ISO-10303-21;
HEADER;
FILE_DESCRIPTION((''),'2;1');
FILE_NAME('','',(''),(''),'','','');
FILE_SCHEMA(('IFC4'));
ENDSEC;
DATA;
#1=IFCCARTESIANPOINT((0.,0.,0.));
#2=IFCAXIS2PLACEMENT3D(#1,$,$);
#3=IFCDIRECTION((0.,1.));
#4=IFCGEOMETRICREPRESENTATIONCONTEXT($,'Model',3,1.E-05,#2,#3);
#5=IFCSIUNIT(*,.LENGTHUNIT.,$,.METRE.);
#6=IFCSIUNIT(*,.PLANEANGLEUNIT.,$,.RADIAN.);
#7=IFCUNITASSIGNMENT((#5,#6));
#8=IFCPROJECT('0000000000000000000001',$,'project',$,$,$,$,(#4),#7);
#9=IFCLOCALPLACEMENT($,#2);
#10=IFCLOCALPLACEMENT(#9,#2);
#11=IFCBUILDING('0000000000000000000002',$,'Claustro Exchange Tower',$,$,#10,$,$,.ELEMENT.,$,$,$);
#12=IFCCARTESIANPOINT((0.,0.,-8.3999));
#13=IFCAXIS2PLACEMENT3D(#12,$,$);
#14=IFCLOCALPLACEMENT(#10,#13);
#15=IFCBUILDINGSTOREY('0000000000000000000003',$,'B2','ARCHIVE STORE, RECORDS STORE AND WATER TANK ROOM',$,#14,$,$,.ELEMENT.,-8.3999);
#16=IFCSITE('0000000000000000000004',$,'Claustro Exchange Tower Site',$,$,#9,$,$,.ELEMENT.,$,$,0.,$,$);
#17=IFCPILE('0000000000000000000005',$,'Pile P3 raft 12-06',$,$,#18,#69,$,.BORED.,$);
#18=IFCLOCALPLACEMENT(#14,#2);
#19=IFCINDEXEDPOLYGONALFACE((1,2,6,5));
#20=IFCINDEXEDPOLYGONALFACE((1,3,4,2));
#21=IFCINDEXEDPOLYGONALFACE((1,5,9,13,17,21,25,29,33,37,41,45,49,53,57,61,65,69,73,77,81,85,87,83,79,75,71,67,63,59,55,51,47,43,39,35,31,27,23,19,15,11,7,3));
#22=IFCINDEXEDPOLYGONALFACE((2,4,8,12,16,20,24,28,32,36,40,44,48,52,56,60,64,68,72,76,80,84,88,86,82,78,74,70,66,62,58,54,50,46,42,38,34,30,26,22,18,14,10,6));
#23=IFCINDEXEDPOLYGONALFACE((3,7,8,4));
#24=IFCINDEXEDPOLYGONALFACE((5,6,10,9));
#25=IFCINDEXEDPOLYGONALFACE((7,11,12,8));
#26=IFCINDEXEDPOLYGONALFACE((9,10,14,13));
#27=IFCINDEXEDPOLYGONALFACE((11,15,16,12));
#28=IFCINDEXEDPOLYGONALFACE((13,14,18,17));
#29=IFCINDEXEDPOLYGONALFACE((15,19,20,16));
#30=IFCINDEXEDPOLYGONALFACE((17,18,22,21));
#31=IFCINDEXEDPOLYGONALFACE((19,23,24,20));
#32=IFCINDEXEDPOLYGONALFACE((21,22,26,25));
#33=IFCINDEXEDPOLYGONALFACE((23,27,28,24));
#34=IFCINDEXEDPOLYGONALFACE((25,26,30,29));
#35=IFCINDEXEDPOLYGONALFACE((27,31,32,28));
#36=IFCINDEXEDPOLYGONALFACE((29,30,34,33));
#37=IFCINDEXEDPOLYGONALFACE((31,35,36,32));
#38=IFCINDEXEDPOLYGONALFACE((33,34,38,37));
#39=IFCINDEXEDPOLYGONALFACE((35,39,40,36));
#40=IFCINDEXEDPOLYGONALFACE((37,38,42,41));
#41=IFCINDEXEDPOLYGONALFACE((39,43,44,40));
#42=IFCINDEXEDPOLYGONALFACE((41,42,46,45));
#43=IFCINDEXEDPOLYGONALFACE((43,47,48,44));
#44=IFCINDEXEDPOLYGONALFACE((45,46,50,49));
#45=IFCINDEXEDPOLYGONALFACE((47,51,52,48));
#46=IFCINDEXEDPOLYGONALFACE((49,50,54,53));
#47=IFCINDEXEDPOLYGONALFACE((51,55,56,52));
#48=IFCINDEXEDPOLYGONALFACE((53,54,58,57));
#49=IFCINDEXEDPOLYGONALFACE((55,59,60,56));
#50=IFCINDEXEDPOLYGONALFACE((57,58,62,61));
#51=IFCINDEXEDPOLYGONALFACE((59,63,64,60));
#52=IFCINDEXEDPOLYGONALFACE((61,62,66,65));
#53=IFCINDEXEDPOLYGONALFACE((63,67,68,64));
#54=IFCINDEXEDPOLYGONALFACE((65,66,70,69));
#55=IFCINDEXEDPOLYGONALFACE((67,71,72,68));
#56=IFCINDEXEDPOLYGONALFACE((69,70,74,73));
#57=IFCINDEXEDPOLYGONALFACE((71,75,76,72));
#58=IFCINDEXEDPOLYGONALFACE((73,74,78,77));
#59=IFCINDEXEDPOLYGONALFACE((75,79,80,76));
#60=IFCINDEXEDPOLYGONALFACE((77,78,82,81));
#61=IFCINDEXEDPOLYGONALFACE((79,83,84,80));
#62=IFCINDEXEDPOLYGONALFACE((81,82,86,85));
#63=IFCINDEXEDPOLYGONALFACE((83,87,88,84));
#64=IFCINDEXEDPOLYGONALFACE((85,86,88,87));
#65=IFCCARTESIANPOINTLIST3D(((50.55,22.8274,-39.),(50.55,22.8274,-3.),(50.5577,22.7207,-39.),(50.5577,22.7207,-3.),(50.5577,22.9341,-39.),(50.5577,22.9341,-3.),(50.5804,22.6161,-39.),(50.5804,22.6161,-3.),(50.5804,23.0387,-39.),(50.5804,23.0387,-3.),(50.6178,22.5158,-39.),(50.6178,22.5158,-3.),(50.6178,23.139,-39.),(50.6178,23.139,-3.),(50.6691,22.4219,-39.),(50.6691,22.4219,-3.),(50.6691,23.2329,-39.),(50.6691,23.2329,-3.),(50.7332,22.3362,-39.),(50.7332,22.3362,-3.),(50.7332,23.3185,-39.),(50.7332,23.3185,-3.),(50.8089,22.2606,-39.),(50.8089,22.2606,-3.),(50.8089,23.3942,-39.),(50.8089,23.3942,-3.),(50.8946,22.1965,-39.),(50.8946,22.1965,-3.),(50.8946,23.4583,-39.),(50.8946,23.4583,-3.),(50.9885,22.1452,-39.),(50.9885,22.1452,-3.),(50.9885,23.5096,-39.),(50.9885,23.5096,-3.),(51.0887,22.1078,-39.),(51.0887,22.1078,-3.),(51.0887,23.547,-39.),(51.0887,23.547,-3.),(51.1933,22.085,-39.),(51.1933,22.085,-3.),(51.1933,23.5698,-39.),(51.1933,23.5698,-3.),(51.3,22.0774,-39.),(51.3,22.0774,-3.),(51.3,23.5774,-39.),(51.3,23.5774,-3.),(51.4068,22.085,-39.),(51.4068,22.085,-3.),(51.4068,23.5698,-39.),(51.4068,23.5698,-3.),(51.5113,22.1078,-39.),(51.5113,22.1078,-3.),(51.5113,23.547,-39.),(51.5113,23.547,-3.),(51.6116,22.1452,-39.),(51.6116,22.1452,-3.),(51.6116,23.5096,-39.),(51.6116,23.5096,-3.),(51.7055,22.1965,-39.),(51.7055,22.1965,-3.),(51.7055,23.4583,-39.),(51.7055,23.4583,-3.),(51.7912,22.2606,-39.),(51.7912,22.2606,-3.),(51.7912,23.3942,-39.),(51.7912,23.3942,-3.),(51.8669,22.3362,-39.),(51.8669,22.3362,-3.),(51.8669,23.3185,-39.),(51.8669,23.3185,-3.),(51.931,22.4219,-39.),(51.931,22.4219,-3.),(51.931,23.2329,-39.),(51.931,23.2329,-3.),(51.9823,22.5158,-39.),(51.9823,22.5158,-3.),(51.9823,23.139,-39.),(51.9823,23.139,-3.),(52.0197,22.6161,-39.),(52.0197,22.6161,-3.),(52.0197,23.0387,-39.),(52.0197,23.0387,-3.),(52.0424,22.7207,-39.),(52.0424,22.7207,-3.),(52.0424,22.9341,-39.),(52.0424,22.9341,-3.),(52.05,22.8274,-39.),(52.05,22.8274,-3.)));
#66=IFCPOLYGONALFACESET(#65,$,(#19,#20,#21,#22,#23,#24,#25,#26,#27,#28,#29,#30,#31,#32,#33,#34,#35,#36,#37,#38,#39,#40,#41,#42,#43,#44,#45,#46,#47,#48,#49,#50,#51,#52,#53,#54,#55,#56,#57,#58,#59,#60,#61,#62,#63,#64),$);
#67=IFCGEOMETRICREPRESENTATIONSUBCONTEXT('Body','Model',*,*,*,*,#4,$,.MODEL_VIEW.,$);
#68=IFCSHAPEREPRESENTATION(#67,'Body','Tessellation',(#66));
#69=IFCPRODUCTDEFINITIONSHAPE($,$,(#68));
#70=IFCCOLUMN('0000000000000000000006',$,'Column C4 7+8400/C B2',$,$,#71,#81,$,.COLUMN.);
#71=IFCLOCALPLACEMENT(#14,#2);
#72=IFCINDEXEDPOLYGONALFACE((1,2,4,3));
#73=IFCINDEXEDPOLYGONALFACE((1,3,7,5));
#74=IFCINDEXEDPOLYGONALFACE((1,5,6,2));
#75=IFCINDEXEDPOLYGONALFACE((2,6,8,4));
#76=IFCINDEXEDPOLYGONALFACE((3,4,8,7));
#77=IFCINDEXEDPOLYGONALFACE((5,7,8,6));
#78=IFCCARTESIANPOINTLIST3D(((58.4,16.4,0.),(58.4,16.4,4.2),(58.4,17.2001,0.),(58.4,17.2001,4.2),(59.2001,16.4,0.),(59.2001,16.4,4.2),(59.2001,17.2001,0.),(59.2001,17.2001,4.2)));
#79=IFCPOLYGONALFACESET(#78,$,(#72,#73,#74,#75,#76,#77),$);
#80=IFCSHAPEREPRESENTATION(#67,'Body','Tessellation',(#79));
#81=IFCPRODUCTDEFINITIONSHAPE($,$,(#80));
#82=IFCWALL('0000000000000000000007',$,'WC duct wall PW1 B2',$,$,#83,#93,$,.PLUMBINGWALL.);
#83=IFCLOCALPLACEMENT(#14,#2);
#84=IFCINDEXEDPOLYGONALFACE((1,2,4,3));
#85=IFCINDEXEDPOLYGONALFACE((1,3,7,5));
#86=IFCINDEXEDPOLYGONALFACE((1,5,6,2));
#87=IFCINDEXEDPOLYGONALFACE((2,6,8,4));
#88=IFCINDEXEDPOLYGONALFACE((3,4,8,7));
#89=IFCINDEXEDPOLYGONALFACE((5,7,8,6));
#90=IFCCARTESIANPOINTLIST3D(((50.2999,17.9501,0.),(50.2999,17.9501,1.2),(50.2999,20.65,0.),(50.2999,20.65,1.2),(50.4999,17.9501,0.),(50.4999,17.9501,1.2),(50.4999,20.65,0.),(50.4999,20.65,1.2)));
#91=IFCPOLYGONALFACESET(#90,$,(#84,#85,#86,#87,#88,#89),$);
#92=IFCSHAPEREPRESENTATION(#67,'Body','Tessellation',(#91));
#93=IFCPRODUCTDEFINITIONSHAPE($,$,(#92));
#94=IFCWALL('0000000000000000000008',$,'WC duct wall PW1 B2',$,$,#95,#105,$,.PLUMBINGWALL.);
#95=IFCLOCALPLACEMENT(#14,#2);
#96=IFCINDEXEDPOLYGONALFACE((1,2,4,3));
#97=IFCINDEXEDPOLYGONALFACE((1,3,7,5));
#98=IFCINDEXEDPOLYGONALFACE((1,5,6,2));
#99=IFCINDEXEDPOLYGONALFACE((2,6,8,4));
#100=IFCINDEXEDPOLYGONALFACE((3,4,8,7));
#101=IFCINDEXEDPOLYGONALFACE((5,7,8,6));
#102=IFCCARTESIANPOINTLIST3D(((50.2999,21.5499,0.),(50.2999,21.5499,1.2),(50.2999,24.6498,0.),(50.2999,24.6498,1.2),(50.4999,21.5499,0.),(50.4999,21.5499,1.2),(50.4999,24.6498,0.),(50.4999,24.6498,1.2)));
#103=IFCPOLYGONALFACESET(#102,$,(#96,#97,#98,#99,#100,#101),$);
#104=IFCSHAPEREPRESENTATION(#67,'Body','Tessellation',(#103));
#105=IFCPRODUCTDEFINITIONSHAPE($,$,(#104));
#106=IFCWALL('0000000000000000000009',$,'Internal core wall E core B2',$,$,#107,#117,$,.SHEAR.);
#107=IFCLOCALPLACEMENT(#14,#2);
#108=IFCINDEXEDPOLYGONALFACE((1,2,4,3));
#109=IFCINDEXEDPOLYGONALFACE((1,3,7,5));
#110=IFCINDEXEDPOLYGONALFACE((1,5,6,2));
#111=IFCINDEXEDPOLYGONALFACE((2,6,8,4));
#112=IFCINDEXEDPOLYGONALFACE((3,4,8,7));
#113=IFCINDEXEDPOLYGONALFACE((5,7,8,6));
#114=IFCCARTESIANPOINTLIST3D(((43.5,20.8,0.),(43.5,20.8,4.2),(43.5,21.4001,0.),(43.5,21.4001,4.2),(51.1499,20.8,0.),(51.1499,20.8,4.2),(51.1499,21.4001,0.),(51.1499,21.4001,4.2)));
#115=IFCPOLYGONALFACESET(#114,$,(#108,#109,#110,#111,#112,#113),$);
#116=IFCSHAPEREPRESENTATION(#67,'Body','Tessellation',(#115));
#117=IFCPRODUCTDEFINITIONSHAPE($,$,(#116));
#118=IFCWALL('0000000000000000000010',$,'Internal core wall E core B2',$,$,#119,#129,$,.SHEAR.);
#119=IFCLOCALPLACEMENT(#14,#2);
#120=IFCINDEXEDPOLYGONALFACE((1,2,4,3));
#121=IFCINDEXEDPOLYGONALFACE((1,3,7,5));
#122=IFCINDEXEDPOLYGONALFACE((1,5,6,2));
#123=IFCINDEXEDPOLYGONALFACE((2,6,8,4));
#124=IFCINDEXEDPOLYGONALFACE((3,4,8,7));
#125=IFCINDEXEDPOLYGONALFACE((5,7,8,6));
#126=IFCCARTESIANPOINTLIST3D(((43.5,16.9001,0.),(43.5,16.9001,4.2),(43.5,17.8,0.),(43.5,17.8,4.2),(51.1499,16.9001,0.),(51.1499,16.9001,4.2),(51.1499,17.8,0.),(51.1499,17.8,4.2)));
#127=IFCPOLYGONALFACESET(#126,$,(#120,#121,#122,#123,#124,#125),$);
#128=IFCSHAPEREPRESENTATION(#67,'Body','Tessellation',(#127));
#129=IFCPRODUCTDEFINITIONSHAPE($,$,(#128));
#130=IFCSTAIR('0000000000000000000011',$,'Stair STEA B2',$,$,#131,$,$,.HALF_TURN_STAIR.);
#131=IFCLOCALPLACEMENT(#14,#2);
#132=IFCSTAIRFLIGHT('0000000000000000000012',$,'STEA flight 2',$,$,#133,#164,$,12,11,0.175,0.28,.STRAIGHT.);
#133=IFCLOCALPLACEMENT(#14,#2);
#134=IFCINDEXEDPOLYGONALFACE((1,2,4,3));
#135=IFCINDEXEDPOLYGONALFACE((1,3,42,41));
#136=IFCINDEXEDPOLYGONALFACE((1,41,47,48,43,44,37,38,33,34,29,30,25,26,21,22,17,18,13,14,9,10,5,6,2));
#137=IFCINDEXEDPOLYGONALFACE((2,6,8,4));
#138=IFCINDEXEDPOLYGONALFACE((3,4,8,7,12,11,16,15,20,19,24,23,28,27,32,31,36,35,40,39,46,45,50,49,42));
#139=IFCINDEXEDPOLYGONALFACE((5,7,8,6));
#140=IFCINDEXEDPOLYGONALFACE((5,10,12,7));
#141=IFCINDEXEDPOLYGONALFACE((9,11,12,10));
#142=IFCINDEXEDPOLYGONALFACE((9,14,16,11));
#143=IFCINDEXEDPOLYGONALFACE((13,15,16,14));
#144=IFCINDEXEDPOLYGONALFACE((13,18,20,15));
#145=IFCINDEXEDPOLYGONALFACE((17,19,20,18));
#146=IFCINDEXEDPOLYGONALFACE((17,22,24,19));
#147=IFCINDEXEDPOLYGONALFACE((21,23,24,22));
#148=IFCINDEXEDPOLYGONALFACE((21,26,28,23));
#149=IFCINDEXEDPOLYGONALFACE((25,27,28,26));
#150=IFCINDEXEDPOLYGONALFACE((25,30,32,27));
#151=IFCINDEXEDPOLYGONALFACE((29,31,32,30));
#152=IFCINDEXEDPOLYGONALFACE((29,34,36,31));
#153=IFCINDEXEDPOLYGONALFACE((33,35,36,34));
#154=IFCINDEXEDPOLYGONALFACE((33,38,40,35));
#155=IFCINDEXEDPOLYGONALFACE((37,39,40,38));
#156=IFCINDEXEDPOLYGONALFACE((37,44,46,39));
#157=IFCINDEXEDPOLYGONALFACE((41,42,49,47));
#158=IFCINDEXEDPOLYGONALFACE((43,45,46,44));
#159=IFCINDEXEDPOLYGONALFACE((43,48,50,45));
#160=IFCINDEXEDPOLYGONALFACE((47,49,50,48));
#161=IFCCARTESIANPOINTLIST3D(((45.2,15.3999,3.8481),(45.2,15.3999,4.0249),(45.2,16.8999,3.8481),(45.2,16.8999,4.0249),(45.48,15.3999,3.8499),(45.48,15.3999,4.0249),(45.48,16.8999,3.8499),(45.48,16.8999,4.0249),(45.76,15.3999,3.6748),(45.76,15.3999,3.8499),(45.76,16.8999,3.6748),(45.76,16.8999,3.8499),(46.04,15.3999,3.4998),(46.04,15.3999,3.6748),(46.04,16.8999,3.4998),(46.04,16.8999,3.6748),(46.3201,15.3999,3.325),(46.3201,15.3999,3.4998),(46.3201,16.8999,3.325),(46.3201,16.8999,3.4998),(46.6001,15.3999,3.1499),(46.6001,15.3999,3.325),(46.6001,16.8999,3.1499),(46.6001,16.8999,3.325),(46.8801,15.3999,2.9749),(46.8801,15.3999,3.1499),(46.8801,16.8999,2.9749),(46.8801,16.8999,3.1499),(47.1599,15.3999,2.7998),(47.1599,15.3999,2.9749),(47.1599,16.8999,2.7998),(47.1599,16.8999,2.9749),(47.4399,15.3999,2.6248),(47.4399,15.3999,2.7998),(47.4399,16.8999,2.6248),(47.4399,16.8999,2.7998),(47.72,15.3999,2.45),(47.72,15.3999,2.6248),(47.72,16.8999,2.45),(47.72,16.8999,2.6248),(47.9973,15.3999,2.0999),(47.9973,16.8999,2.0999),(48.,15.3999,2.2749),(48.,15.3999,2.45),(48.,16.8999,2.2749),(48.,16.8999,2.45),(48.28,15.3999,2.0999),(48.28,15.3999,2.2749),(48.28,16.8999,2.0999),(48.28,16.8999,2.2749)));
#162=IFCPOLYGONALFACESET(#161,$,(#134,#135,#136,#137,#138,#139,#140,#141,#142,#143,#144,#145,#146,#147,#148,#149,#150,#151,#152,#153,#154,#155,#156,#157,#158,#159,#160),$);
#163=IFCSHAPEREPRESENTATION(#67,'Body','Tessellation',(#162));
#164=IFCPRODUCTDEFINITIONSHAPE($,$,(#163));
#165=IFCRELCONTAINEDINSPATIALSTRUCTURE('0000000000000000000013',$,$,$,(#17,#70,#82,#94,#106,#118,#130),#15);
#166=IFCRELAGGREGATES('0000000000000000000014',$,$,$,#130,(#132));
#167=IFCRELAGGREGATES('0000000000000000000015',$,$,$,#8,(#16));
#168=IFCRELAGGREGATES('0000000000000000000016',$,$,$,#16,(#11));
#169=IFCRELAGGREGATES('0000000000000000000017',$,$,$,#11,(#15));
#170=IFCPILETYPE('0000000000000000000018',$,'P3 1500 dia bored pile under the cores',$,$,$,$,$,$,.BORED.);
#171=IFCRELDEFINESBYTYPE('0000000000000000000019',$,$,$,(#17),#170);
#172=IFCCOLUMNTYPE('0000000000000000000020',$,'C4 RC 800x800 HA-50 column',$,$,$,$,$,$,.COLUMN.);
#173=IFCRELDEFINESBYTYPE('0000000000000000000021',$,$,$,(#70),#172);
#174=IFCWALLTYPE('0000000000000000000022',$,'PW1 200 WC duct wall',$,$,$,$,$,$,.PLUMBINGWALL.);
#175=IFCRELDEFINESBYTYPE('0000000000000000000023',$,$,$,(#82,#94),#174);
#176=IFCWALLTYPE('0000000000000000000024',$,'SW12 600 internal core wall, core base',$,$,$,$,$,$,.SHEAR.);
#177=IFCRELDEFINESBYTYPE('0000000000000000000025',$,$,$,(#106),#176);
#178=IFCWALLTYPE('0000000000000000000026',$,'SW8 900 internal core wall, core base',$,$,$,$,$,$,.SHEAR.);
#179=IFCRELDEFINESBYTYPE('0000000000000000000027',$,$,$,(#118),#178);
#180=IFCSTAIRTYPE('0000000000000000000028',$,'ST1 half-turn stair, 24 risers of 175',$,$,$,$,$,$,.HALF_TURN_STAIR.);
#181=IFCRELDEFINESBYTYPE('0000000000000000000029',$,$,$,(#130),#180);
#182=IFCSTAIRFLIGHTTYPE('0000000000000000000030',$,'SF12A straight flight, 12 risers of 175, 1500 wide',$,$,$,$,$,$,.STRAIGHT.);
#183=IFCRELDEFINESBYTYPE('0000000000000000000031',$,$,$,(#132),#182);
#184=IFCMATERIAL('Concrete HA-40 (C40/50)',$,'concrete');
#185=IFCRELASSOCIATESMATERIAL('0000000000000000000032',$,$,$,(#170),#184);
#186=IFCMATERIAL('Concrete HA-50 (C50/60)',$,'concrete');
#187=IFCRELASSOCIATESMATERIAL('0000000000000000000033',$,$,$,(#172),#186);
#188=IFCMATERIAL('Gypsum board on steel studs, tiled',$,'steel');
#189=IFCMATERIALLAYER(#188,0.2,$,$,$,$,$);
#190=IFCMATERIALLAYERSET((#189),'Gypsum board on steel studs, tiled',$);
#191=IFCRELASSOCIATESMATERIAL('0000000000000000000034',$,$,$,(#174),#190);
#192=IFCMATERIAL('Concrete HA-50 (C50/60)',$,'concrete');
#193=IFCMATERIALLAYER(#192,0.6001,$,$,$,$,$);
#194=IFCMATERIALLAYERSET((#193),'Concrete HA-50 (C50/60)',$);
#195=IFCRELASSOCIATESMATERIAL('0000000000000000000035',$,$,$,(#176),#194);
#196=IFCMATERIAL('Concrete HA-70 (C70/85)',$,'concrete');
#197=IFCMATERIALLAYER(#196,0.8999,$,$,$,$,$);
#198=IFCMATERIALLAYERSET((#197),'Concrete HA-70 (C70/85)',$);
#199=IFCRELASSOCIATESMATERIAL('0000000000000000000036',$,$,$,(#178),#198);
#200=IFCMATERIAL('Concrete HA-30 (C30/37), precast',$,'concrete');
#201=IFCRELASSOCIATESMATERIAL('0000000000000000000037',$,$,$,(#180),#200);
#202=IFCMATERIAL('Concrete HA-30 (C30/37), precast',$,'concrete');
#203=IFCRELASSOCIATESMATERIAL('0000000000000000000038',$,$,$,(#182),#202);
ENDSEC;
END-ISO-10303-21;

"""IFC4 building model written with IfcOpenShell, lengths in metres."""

from ifc_helpers import new_model, si_unit, direction, frame, frame_2d, origin, origin_2d, place, context, subcontext, project, spatial, polyline, rectangle, circle, outline, extrude, material, layer, layer_set, material_profile, profile_set, type_object, element, aggregate, save


model = new_model("IFC4")

# Units and contexts
model_context = context("Model", 3, precision=1e-05, world=origin(), true_north=direction((0.0, 1.0)))
body_context = subcontext(model_context, "Body", "Model", "MODEL_VIEW")
ifc_project = project(units=[si_unit("LENGTHUNIT", "METRE"), si_unit("PLANEANGLEUNIT", "RADIAN")], contexts=[model_context])

# Site, building, storey
site_placement = place(None, origin())
site = spatial("IfcSite", under=ifc_project, at=site_placement, Name="Claustro Exchange Tower Site", CompositionType="ELEMENT", RefElevation=0.0)
building_placement = place(site_placement, origin())
building = spatial("IfcBuilding", under=site, at=building_placement, Name="Claustro Exchange Tower", CompositionType="ELEMENT")
storey_placement = place(building_placement, frame((0.0, 0.0, -8.3999)))
storey = spatial("IfcBuildingStorey", under=building, at=storey_placement, Name="B2", Description="ARCHIVE STORE, RECORDS STORE AND WATER TANK ROOM", CompositionType="ELEMENT", Elevation=-8.3999)

# Pile
ifc_material_1 = material(Name="Concrete HA-40 (C40/50)", Category="concrete")
pile_type_1 = type_object("IfcPileType", Name="P3 1500 dia bored pile under the cores", PredefinedType="BORED", material=ifc_material_1)
for number, where, z_axis, x_axis, name in (
    (1, (51.3, 22.8274, -3.0), (0.0, 0.0, -1.0), (1.0, 0.0, 0.0), "Pile P3 raft 12-06"),
):
    element("IfcPile", number, at=place(storey_placement, frame(where, z_axis=z_axis, x_axis=x_axis)), inside=storey, type_object=pile_type_1, Name=name, PredefinedType="BORED", context=body_context, shape_type="SweptSolid", body=[
        extrude(circle(Radius=0.75, at=origin_2d()), origin(), (0.0, 0.0, 1.0), 36.0),
    ])

# Column
ifc_material_2 = material(Name="Concrete HA-50 (C50/60)", Category="concrete")
ifc_material_profile = material_profile(ifc_material_2, rectangle(XDim=0.8, YDim=0.8, at=origin_2d()), Name="RC 800x800")
ifc_profile_set = profile_set([ifc_material_profile], Name="Concrete HA-50 (C50/60)")
column_type = type_object("IfcColumnType", Name="C4 RC 800x800 HA-50 column", PredefinedType="COLUMN", material=ifc_profile_set)
column_placement = place(storey_placement, frame((58.8, 16.8, 0.0), z_axis=(0.0, 0.0, 1.0), x_axis=(1.0, 0.0, 0.0)))
element("IfcColumn", 2, at=column_placement, inside=storey, type_object=column_type, Name="Column C4 7+8400/C B2", PredefinedType="COLUMN", context=body_context, shape_type="SweptSolid", body=[
    extrude(rectangle(XDim=0.8, YDim=0.8, at=origin_2d()), origin(), (0.0, 0.0, 1.0), 4.2),
])

# Walls
ifc_material_3 = material(Name="Gypsum board on steel studs, tiled", Category="steel")
ifc_layer_1 = layer(ifc_material_3, 0.2)
ifc_layer_set_1 = layer_set([ifc_layer_1], Name="Gypsum board on steel studs, tiled")
wall_type_1 = type_object("IfcWallType", Name="PW1 200 WC duct wall", PredefinedType="PLUMBINGWALL", material=ifc_layer_set_1)
wall_1_placement = place(storey_placement, frame((50.3999, 17.95, 0.0), z_axis=(0.0, 0.0, 1.0), x_axis=(0.0, 1.0, 0.0)))
element("IfcWall", 3, at=wall_1_placement, inside=storey, type_object=wall_type_1, Name="WC duct wall PW1 B2", PredefinedType="PLUMBINGWALL", context=body_context, shape_type="SweptSolid", body=[
    extrude(rectangle(XDim=2.7, YDim=0.2, at=frame_2d((1.3501, 0.0))), origin(), (0.0, 0.0, 1.0), 1.2),
])
wall_2_placement = place(storey_placement, frame((50.3999, 21.55, 0.0), z_axis=(0.0, 0.0, 1.0), x_axis=(0.0, 1.0, 0.0)))
element("IfcWall", 4, at=wall_2_placement, inside=storey, type_object=wall_type_1, Name="WC duct wall PW1 B2", PredefinedType="PLUMBINGWALL", context=body_context, shape_type="SweptSolid", body=[
    extrude(rectangle(XDim=3.0999, YDim=0.2, at=frame_2d((1.5498, 0.0))), origin(), (0.0, 0.0, 1.0), 1.2),
])
ifc_material_4 = material(Name="Concrete HA-50 (C50/60)", Category="concrete")
ifc_layer_2 = layer(ifc_material_4, 0.6001)
ifc_layer_set_2 = layer_set([ifc_layer_2], Name="Concrete HA-50 (C50/60)")
wall_type_2 = type_object("IfcWallType", Name="SW12 600 internal core wall, core base", PredefinedType="SHEAR", material=ifc_layer_set_2)
wall_3_placement = place(storey_placement, frame((51.1499, 21.1001, 0.0), z_axis=(0.0, 0.0, 1.0), x_axis=(-1.0, 0.0, 0.0)))
element("IfcWall", 5, at=wall_3_placement, inside=storey, type_object=wall_type_2, Name="Internal core wall E core B2", PredefinedType="SHEAR", context=body_context, shape_type="SweptSolid", body=[
    extrude(rectangle(XDim=7.6499, YDim=0.6001, at=frame_2d((3.825, 0.0))), origin(), (0.0, 0.0, 1.0), 4.2),
])
ifc_material_5 = material(Name="Concrete HA-70 (C70/85)", Category="concrete")
ifc_layer_3 = layer(ifc_material_5, 0.8999)
ifc_layer_set_3 = layer_set([ifc_layer_3], Name="Concrete HA-70 (C70/85)")
wall_type_3 = type_object("IfcWallType", Name="SW8 900 internal core wall, core base", PredefinedType="SHEAR", material=ifc_layer_set_3)
wall_4_placement = place(storey_placement, frame((51.1499, 17.3501, 0.0), z_axis=(0.0, 0.0, 1.0), x_axis=(-1.0, 0.0, 0.0)))
element("IfcWall", 6, at=wall_4_placement, inside=storey, type_object=wall_type_3, Name="Internal core wall E core B2", PredefinedType="SHEAR", context=body_context, shape_type="SweptSolid", body=[
    extrude(rectangle(XDim=7.6499, YDim=0.8999, at=frame_2d((3.825, 0.0))), origin(), (0.0, 0.0, 1.0), 4.2),
])

# Stair, stair flight
ifc_material_6 = material(Name="Concrete HA-30 (C30/37), precast", Category="concrete")
stair_type = type_object("IfcStairType", Name="ST1 half-turn stair, 24 risers of 175", PredefinedType="HALF_TURN_STAIR", material=ifc_material_6)
stair_placement = place(storey_placement, origin())
stair = element("IfcStair", 7, at=stair_placement, inside=storey, type_object=stair_type, Name="Stair STEA B2", PredefinedType="HALF_TURN_STAIR")
ifc_material_7 = material(Name="Concrete HA-30 (C30/37), precast", Category="concrete")
stair_flight_type = type_object("IfcStairFlightType", Name="SF12A straight flight, 12 risers of 175, 1500 wide", PredefinedType="STRAIGHT", material=ifc_material_7)
stair_flight_placement = place(storey_placement, frame((48.28, 16.1499, 2.0999), z_axis=(0.0, 0.0, 1.0), x_axis=(-1.0, 0.0, 0.0)))
stair_flight = element("IfcStairFlight", 8, at=stair_flight_placement, type_object=stair_flight_type, Name="STEA flight 2", NumberOfRisers=12, NumberOfTreads=11, PredefinedType="STRAIGHT", RiserHeight=0.175, TreadLength=0.28, context=body_context, shape_type="SweptSolid", body=[
    extrude(outline(polyline([(0.0, 0.0), (0.0, 0.175), (0.28, 0.175), (0.28, 0.3501), (0.5601, 0.3501), (0.5601, 0.5249), (0.8401, 0.5249), (0.8401, 0.7), (1.1201, 0.7), (1.1201, 0.875), (1.3999, 0.875), (1.3999, 1.05), (1.6799, 1.05), (1.6799, 1.2251), (1.96, 1.2251), (1.96, 1.3999), (2.24, 1.3999), (2.24, 1.575), (2.52, 1.575), (2.52, 1.75), (2.8, 1.75), (2.8, 1.925), (3.0801, 1.925), (3.0801, 2.1001), (3.0801, 1.7483), (0.2827, 0.0), (0.0, 0.0)])), frame((0.0, 0.75, 0.0), z_axis=(0.0, -1.0, 0.0), x_axis=(1.0, 0.0, 0.0)), (0.0, 0.0, 1.0), 1.5),
])
aggregate(stair, [stair_flight])

save(model, "model.ifc")
